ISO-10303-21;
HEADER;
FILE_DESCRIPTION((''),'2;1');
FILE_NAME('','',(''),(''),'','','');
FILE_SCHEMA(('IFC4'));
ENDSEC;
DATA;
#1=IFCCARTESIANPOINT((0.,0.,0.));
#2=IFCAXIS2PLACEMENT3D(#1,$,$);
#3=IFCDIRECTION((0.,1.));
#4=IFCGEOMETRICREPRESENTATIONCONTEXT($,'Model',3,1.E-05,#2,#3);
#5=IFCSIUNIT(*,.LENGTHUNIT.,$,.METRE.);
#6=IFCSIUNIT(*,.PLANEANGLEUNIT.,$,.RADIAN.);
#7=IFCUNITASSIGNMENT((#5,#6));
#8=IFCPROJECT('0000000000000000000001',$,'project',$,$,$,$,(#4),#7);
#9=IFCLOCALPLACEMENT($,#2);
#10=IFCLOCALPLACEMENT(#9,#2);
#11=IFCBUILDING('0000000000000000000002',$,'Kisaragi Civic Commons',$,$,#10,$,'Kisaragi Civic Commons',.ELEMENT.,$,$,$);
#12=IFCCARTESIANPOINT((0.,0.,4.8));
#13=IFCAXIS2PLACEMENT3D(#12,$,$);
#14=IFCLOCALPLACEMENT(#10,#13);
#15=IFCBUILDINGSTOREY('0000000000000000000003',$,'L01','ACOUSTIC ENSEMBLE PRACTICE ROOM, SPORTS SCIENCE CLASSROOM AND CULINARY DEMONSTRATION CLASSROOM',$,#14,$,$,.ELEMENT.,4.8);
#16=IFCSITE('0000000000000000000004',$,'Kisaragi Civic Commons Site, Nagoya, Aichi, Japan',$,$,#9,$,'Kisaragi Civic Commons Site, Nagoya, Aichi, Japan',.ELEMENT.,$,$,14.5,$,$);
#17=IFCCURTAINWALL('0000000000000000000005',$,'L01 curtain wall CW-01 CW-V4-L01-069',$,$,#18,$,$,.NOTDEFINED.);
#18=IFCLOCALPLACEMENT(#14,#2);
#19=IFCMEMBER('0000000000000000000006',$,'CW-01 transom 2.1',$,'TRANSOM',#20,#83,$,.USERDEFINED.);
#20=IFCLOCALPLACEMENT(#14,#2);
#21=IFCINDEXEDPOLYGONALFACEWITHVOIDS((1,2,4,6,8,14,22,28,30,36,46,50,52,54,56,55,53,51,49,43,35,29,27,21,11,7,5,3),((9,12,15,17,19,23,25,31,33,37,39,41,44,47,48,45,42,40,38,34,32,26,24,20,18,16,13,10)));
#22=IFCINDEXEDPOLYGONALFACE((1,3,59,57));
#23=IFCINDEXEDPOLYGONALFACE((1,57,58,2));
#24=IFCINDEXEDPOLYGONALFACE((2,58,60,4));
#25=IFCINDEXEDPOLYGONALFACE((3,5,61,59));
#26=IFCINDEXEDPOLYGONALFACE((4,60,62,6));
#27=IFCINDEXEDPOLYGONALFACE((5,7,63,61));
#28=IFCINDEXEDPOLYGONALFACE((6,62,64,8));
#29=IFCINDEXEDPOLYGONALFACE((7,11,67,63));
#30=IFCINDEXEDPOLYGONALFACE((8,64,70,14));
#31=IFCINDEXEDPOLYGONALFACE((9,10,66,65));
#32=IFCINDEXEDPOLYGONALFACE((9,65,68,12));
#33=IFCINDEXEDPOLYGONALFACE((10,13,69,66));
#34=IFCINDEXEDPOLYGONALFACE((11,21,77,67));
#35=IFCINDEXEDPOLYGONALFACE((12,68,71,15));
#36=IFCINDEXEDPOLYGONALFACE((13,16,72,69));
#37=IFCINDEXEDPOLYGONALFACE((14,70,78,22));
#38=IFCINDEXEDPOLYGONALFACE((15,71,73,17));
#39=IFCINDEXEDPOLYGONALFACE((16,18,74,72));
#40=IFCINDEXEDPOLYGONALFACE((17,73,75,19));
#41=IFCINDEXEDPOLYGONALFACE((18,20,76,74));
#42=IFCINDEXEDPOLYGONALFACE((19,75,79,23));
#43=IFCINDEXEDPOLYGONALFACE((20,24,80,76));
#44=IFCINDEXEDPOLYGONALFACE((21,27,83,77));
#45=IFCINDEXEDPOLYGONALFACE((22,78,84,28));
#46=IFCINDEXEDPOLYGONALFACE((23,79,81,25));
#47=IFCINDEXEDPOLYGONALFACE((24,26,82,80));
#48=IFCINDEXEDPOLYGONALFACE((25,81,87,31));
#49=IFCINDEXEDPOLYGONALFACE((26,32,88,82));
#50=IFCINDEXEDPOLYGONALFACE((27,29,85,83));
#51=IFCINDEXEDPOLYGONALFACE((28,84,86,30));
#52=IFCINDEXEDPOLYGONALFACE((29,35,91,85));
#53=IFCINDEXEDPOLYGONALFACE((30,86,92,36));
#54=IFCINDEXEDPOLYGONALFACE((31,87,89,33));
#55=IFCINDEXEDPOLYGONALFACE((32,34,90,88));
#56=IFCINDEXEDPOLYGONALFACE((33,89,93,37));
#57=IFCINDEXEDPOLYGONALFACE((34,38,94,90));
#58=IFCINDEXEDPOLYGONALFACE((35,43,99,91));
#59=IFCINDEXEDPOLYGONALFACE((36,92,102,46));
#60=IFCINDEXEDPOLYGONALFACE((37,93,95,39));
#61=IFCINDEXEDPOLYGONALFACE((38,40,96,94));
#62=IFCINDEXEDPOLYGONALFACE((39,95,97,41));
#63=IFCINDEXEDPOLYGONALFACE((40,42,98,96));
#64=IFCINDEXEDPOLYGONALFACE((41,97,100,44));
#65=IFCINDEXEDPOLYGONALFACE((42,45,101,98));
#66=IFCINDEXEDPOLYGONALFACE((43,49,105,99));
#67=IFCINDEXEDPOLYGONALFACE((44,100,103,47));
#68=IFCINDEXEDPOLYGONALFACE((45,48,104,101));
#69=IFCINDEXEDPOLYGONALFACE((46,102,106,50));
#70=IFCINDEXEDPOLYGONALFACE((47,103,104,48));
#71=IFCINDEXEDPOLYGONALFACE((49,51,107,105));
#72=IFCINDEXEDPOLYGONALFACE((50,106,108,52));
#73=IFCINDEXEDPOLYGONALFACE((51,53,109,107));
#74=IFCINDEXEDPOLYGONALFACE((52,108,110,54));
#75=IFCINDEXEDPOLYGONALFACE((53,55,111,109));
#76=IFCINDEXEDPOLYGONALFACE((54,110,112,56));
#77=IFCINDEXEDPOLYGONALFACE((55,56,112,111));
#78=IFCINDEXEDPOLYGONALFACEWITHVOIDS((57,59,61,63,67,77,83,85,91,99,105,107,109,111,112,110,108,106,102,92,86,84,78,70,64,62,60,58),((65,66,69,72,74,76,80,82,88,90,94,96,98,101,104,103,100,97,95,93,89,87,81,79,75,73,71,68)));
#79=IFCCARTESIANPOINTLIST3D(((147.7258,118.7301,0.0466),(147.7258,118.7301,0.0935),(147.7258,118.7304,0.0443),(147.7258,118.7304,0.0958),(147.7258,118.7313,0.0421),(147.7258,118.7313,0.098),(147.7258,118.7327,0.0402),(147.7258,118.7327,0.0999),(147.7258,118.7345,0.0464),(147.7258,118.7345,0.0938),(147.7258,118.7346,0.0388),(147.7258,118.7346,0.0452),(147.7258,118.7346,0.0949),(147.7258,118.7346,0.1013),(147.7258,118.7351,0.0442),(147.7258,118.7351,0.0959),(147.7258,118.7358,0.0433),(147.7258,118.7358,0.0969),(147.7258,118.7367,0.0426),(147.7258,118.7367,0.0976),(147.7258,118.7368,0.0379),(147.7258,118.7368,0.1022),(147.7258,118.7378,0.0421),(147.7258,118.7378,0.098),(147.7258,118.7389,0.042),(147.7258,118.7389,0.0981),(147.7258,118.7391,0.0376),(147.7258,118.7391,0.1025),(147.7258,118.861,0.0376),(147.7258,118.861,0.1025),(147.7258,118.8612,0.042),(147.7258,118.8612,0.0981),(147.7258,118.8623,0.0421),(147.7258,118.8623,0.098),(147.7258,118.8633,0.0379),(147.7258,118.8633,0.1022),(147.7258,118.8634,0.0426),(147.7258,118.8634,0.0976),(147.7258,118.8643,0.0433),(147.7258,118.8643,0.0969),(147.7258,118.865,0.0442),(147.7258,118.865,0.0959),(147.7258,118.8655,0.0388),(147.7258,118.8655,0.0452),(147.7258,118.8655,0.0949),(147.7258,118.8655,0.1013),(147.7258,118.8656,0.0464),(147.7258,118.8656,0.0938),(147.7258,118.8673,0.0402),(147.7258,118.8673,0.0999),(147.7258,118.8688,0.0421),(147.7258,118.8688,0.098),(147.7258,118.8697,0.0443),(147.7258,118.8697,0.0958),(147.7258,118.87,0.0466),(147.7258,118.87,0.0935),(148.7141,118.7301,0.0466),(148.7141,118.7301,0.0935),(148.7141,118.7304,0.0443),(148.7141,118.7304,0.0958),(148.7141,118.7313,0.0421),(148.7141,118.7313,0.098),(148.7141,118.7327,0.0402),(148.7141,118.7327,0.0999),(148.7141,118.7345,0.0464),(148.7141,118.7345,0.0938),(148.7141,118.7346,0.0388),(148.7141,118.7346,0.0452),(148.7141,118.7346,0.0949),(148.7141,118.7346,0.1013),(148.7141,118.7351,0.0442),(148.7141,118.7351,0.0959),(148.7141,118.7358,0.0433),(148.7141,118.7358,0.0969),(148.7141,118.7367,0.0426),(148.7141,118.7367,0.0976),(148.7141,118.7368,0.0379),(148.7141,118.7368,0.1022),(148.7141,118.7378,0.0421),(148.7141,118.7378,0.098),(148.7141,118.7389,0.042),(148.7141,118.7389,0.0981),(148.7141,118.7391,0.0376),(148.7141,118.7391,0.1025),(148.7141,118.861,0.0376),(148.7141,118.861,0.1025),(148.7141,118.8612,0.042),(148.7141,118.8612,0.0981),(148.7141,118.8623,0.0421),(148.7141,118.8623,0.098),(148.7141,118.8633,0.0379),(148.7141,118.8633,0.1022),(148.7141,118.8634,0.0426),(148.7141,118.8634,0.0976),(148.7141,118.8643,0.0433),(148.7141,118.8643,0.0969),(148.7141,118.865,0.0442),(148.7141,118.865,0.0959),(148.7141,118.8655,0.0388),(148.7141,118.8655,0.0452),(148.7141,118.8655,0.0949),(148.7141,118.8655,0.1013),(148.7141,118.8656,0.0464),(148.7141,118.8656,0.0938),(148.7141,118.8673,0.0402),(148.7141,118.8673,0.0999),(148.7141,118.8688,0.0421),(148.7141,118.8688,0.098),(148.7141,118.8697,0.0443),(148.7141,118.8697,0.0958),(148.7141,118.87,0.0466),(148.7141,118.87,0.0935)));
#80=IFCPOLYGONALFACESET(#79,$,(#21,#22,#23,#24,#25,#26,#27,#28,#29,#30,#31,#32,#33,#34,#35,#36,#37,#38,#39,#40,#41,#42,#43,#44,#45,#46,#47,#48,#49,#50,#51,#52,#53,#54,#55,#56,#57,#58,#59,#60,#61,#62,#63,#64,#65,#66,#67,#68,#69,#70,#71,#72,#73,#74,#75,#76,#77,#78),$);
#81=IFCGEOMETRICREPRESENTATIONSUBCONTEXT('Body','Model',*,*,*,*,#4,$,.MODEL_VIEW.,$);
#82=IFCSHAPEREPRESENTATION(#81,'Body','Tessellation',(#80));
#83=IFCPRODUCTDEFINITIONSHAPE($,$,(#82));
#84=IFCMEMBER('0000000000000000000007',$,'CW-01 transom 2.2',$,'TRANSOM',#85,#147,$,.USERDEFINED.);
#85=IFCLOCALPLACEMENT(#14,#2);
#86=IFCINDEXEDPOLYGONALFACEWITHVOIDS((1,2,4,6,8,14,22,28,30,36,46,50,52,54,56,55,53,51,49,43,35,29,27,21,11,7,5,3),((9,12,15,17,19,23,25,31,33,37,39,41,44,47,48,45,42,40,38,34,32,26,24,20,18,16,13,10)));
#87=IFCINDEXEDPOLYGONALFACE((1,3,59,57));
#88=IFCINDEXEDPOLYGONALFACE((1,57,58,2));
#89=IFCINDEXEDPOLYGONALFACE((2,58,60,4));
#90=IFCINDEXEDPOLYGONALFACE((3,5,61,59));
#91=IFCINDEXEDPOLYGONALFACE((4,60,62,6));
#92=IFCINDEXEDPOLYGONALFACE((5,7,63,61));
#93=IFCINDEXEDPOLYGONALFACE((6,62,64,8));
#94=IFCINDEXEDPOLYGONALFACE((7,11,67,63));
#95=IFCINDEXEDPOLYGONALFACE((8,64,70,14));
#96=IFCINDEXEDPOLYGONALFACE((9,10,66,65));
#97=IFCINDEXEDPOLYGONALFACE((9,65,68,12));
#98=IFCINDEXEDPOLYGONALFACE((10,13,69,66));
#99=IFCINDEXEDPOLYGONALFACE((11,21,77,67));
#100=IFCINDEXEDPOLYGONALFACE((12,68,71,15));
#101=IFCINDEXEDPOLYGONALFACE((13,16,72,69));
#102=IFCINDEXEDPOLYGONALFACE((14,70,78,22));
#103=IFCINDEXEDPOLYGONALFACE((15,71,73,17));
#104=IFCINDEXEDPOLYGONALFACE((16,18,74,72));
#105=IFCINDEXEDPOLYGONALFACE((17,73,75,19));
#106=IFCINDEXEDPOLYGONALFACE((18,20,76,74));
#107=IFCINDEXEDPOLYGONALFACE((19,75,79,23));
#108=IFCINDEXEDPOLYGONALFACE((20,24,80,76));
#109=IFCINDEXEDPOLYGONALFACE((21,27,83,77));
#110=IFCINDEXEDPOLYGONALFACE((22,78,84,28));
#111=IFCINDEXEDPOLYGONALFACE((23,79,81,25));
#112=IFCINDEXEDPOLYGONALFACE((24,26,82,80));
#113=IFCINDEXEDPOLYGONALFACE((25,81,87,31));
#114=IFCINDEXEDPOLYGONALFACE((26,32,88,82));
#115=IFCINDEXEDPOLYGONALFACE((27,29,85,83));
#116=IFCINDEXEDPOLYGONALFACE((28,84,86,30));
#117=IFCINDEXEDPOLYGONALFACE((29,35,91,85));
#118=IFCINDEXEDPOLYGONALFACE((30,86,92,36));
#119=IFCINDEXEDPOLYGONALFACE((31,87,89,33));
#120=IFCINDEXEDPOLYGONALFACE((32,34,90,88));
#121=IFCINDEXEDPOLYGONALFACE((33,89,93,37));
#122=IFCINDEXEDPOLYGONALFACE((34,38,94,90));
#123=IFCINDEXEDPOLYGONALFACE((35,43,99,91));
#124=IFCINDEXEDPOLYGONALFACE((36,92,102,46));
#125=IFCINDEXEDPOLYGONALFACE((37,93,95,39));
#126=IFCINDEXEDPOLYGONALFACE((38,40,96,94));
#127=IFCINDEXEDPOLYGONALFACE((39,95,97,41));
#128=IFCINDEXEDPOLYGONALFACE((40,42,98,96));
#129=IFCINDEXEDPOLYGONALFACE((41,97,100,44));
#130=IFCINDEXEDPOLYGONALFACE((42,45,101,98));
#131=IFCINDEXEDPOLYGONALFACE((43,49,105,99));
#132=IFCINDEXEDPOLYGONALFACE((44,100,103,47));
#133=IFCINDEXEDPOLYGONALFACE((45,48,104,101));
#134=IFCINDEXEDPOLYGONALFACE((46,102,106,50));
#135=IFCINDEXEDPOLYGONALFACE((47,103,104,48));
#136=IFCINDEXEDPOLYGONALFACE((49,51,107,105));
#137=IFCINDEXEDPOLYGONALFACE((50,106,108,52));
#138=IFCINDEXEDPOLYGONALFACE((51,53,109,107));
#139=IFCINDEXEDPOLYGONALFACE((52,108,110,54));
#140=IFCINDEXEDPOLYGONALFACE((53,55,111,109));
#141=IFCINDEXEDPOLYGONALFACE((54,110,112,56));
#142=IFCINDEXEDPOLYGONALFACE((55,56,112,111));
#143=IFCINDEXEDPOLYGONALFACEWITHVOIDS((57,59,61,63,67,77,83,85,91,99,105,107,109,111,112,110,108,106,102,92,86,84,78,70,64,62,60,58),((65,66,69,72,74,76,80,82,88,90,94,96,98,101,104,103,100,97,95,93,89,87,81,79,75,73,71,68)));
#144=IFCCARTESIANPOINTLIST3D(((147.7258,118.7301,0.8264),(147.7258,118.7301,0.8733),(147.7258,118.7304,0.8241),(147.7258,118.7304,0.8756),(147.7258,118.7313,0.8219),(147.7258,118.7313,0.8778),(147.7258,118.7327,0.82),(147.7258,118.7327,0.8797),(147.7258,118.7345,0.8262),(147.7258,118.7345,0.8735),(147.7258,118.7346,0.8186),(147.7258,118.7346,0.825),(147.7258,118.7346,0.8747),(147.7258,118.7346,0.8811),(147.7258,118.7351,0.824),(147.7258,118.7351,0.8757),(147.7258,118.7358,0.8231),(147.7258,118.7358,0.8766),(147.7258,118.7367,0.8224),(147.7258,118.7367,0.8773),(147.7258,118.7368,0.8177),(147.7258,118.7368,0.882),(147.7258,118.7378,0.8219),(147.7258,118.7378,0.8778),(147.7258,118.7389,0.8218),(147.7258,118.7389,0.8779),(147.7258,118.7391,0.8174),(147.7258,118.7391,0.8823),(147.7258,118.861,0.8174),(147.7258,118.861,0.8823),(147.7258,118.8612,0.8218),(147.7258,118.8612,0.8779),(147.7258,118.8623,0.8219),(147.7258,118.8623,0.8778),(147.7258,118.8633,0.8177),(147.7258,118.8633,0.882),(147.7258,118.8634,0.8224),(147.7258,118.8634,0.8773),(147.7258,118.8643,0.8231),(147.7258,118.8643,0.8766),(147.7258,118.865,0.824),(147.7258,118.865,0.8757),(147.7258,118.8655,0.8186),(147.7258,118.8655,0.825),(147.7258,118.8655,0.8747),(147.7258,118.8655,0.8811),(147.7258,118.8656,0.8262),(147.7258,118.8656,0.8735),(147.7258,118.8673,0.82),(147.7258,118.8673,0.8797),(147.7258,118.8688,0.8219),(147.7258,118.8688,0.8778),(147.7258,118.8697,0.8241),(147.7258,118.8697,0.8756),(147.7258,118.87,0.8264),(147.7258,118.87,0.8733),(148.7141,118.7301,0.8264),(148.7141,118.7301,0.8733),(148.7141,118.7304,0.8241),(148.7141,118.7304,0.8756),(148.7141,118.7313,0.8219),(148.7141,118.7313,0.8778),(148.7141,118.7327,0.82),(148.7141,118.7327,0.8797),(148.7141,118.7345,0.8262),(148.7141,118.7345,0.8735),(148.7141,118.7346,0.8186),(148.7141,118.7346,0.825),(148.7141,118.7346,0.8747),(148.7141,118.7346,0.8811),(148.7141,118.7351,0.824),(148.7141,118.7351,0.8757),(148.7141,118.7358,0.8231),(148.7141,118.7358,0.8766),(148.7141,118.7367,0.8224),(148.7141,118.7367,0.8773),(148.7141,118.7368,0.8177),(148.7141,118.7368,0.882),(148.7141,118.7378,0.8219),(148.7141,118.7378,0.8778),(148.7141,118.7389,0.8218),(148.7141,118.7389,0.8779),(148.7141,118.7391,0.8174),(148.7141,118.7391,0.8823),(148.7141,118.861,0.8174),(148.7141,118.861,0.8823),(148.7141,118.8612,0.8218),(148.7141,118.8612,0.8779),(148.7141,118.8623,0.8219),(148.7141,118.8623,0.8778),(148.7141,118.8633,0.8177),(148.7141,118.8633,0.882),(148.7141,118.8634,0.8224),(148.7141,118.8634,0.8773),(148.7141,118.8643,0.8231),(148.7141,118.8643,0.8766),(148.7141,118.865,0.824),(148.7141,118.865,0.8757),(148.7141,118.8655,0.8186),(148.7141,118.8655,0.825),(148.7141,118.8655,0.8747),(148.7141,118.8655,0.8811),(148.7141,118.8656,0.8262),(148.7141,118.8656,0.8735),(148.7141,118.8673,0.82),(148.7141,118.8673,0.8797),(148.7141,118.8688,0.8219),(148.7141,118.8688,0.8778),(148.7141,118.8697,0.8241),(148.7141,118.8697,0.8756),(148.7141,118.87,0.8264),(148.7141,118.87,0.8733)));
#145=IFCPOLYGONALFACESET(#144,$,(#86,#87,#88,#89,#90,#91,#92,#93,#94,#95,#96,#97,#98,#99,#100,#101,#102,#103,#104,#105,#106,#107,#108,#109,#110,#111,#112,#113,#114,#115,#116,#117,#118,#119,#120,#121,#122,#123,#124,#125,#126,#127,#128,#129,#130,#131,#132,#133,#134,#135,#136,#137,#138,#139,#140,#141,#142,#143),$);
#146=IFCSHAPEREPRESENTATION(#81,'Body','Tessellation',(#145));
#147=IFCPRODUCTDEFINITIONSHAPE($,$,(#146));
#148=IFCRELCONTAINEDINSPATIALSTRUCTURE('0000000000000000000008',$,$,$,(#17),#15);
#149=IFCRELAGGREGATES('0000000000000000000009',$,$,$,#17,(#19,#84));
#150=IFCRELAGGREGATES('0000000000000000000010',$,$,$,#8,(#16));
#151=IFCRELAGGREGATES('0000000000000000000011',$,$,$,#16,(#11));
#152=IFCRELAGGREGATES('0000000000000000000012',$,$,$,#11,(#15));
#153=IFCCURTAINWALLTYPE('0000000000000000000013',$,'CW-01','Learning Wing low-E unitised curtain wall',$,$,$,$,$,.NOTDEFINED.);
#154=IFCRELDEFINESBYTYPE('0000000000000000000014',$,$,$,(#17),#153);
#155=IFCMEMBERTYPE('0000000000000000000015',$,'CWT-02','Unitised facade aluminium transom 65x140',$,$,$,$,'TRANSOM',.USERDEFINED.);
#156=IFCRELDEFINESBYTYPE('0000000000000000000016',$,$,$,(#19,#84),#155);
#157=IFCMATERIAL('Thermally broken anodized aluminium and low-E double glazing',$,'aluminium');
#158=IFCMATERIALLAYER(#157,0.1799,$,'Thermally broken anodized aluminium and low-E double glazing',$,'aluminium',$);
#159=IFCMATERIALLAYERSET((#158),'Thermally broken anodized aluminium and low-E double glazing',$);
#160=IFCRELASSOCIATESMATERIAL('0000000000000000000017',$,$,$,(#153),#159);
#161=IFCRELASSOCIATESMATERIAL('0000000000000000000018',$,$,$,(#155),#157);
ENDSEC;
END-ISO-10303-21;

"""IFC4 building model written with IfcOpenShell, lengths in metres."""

from ifc_helpers import new_model, si_unit, direction, frame, origin, origin_2d, place, context, subcontext, project, spatial, hollow_rectangle, extrude, material, layer, layer_set, material_profile, profile_set, type_object, element, aggregate, save


model = new_model("IFC4")

# Units and contexts
model_context = context("Model", 3, precision=1e-05, world=origin(), true_north=direction((0.0, 1.0)))
body_context = subcontext(model_context, "Body", "Model", "MODEL_VIEW")
ifc_project = project(units=[si_unit("LENGTHUNIT", "METRE"), si_unit("PLANEANGLEUNIT", "RADIAN")], contexts=[model_context])

# Site, building, storey
site_placement = place(None, origin())
site = spatial("IfcSite", under=ifc_project, at=site_placement, Name="Kisaragi Civic Commons Site, Nagoya, Aichi, Japan", LongName="Kisaragi Civic Commons Site, Nagoya, Aichi, Japan", CompositionType="ELEMENT", RefElevation=14.5)
building_placement = place(site_placement, origin())
building = spatial("IfcBuilding", under=site, at=building_placement, Name="Kisaragi Civic Commons", LongName="Kisaragi Civic Commons", CompositionType="ELEMENT")
storey_placement = place(building_placement, frame((0.0, 0.0, 4.8)))
storey = spatial("IfcBuildingStorey", under=building, at=storey_placement, Name="L01", Description="ACOUSTIC ENSEMBLE PRACTICE ROOM, SPORTS SCIENCE CLASSROOM AND CULINARY DEMONSTRATION CLASSROOM", CompositionType="ELEMENT", Elevation=4.8)

# Curtain wall, members
ifc_material_1 = material(Name="Thermally broken anodized aluminium and low-E double glazing", Category="aluminium")
ifc_layer_1 = layer(ifc_material_1, 0.1799, Name="Thermally broken anodized aluminium and low-E double glazing", Category="aluminium")
ifc_layer_set_1 = layer_set([ifc_layer_1], Name="Thermally broken anodized aluminium and low-E double glazing")
curtain_wall_type = type_object("IfcCurtainWallType", Name="CW-01", Description="Learning Wing low-E unitised curtain wall", PredefinedType="NOTDEFINED", material=ifc_layer_set_1)
curtain_wall_placement = place(storey_placement, origin())
curtain_wall = element("IfcCurtainWall", 1, at=curtain_wall_placement, inside=storey, type_object=curtain_wall_type, Name="L01 curtain wall CW-01 CW-V4-L01-069", PredefinedType="NOTDEFINED")
ifc_material_profile_1 = material_profile(ifc_material_1, hollow_rectangle(XDim=0.1399, YDim=0.0649, WallThickness=0.0044, InnerFilletRadius=0.0044, OuterFilletRadius=0.009, at=origin_2d()), Name="CWT-65x140x4.5", Category="aluminium")
ifc_profile_set_1 = profile_set([ifc_material_profile_1], Name="Thermally broken anodized aluminium and low-E double glazing")
member_type_1 = type_object("IfcMemberType", Name="CWT-02", Description="Unitised facade aluminium transom 65x140", ElementType="TRANSOM", PredefinedType="USERDEFINED", material=ifc_profile_set_1)
member_1_placement = place(storey_placement, frame((147.7258, 118.8, 0.0701), z_axis=(1.0, 0.0, 0.0), x_axis=(0.0, 1.0, 0.0)))
member_1 = element("IfcMember", 2, at=member_1_placement, type_object=member_type_1, Name="CW-01 transom 2.1", ObjectType="TRANSOM", PredefinedType="USERDEFINED", context=body_context, shape_type="SweptSolid", body=[
    extrude(hollow_rectangle(XDim=0.1399, YDim=0.0649, WallThickness=0.0044, InnerFilletRadius=0.0044, OuterFilletRadius=0.009, at=origin_2d()), origin(), (0.0, 0.0, 1.0), 0.9883),
])
member_2_placement = place(storey_placement, frame((147.7258, 118.8, 0.8499), z_axis=(1.0, 0.0, 0.0), x_axis=(0.0, 1.0, 0.0)))
member_2 = element("IfcMember", 3, at=member_2_placement, type_object=member_type_1, Name="CW-01 transom 2.2", ObjectType="TRANSOM", PredefinedType="USERDEFINED", context=body_context, shape_type="SweptSolid", body=[
    extrude(hollow_rectangle(XDim=0.1399, YDim=0.0649, WallThickness=0.0044, InnerFilletRadius=0.0044, OuterFilletRadius=0.009, at=origin_2d()), origin(), (0.0, 0.0, 1.0), 0.9883),
])

aggregate(curtain_wall, [member_1, member_2])

save(model, "model.ifc")
